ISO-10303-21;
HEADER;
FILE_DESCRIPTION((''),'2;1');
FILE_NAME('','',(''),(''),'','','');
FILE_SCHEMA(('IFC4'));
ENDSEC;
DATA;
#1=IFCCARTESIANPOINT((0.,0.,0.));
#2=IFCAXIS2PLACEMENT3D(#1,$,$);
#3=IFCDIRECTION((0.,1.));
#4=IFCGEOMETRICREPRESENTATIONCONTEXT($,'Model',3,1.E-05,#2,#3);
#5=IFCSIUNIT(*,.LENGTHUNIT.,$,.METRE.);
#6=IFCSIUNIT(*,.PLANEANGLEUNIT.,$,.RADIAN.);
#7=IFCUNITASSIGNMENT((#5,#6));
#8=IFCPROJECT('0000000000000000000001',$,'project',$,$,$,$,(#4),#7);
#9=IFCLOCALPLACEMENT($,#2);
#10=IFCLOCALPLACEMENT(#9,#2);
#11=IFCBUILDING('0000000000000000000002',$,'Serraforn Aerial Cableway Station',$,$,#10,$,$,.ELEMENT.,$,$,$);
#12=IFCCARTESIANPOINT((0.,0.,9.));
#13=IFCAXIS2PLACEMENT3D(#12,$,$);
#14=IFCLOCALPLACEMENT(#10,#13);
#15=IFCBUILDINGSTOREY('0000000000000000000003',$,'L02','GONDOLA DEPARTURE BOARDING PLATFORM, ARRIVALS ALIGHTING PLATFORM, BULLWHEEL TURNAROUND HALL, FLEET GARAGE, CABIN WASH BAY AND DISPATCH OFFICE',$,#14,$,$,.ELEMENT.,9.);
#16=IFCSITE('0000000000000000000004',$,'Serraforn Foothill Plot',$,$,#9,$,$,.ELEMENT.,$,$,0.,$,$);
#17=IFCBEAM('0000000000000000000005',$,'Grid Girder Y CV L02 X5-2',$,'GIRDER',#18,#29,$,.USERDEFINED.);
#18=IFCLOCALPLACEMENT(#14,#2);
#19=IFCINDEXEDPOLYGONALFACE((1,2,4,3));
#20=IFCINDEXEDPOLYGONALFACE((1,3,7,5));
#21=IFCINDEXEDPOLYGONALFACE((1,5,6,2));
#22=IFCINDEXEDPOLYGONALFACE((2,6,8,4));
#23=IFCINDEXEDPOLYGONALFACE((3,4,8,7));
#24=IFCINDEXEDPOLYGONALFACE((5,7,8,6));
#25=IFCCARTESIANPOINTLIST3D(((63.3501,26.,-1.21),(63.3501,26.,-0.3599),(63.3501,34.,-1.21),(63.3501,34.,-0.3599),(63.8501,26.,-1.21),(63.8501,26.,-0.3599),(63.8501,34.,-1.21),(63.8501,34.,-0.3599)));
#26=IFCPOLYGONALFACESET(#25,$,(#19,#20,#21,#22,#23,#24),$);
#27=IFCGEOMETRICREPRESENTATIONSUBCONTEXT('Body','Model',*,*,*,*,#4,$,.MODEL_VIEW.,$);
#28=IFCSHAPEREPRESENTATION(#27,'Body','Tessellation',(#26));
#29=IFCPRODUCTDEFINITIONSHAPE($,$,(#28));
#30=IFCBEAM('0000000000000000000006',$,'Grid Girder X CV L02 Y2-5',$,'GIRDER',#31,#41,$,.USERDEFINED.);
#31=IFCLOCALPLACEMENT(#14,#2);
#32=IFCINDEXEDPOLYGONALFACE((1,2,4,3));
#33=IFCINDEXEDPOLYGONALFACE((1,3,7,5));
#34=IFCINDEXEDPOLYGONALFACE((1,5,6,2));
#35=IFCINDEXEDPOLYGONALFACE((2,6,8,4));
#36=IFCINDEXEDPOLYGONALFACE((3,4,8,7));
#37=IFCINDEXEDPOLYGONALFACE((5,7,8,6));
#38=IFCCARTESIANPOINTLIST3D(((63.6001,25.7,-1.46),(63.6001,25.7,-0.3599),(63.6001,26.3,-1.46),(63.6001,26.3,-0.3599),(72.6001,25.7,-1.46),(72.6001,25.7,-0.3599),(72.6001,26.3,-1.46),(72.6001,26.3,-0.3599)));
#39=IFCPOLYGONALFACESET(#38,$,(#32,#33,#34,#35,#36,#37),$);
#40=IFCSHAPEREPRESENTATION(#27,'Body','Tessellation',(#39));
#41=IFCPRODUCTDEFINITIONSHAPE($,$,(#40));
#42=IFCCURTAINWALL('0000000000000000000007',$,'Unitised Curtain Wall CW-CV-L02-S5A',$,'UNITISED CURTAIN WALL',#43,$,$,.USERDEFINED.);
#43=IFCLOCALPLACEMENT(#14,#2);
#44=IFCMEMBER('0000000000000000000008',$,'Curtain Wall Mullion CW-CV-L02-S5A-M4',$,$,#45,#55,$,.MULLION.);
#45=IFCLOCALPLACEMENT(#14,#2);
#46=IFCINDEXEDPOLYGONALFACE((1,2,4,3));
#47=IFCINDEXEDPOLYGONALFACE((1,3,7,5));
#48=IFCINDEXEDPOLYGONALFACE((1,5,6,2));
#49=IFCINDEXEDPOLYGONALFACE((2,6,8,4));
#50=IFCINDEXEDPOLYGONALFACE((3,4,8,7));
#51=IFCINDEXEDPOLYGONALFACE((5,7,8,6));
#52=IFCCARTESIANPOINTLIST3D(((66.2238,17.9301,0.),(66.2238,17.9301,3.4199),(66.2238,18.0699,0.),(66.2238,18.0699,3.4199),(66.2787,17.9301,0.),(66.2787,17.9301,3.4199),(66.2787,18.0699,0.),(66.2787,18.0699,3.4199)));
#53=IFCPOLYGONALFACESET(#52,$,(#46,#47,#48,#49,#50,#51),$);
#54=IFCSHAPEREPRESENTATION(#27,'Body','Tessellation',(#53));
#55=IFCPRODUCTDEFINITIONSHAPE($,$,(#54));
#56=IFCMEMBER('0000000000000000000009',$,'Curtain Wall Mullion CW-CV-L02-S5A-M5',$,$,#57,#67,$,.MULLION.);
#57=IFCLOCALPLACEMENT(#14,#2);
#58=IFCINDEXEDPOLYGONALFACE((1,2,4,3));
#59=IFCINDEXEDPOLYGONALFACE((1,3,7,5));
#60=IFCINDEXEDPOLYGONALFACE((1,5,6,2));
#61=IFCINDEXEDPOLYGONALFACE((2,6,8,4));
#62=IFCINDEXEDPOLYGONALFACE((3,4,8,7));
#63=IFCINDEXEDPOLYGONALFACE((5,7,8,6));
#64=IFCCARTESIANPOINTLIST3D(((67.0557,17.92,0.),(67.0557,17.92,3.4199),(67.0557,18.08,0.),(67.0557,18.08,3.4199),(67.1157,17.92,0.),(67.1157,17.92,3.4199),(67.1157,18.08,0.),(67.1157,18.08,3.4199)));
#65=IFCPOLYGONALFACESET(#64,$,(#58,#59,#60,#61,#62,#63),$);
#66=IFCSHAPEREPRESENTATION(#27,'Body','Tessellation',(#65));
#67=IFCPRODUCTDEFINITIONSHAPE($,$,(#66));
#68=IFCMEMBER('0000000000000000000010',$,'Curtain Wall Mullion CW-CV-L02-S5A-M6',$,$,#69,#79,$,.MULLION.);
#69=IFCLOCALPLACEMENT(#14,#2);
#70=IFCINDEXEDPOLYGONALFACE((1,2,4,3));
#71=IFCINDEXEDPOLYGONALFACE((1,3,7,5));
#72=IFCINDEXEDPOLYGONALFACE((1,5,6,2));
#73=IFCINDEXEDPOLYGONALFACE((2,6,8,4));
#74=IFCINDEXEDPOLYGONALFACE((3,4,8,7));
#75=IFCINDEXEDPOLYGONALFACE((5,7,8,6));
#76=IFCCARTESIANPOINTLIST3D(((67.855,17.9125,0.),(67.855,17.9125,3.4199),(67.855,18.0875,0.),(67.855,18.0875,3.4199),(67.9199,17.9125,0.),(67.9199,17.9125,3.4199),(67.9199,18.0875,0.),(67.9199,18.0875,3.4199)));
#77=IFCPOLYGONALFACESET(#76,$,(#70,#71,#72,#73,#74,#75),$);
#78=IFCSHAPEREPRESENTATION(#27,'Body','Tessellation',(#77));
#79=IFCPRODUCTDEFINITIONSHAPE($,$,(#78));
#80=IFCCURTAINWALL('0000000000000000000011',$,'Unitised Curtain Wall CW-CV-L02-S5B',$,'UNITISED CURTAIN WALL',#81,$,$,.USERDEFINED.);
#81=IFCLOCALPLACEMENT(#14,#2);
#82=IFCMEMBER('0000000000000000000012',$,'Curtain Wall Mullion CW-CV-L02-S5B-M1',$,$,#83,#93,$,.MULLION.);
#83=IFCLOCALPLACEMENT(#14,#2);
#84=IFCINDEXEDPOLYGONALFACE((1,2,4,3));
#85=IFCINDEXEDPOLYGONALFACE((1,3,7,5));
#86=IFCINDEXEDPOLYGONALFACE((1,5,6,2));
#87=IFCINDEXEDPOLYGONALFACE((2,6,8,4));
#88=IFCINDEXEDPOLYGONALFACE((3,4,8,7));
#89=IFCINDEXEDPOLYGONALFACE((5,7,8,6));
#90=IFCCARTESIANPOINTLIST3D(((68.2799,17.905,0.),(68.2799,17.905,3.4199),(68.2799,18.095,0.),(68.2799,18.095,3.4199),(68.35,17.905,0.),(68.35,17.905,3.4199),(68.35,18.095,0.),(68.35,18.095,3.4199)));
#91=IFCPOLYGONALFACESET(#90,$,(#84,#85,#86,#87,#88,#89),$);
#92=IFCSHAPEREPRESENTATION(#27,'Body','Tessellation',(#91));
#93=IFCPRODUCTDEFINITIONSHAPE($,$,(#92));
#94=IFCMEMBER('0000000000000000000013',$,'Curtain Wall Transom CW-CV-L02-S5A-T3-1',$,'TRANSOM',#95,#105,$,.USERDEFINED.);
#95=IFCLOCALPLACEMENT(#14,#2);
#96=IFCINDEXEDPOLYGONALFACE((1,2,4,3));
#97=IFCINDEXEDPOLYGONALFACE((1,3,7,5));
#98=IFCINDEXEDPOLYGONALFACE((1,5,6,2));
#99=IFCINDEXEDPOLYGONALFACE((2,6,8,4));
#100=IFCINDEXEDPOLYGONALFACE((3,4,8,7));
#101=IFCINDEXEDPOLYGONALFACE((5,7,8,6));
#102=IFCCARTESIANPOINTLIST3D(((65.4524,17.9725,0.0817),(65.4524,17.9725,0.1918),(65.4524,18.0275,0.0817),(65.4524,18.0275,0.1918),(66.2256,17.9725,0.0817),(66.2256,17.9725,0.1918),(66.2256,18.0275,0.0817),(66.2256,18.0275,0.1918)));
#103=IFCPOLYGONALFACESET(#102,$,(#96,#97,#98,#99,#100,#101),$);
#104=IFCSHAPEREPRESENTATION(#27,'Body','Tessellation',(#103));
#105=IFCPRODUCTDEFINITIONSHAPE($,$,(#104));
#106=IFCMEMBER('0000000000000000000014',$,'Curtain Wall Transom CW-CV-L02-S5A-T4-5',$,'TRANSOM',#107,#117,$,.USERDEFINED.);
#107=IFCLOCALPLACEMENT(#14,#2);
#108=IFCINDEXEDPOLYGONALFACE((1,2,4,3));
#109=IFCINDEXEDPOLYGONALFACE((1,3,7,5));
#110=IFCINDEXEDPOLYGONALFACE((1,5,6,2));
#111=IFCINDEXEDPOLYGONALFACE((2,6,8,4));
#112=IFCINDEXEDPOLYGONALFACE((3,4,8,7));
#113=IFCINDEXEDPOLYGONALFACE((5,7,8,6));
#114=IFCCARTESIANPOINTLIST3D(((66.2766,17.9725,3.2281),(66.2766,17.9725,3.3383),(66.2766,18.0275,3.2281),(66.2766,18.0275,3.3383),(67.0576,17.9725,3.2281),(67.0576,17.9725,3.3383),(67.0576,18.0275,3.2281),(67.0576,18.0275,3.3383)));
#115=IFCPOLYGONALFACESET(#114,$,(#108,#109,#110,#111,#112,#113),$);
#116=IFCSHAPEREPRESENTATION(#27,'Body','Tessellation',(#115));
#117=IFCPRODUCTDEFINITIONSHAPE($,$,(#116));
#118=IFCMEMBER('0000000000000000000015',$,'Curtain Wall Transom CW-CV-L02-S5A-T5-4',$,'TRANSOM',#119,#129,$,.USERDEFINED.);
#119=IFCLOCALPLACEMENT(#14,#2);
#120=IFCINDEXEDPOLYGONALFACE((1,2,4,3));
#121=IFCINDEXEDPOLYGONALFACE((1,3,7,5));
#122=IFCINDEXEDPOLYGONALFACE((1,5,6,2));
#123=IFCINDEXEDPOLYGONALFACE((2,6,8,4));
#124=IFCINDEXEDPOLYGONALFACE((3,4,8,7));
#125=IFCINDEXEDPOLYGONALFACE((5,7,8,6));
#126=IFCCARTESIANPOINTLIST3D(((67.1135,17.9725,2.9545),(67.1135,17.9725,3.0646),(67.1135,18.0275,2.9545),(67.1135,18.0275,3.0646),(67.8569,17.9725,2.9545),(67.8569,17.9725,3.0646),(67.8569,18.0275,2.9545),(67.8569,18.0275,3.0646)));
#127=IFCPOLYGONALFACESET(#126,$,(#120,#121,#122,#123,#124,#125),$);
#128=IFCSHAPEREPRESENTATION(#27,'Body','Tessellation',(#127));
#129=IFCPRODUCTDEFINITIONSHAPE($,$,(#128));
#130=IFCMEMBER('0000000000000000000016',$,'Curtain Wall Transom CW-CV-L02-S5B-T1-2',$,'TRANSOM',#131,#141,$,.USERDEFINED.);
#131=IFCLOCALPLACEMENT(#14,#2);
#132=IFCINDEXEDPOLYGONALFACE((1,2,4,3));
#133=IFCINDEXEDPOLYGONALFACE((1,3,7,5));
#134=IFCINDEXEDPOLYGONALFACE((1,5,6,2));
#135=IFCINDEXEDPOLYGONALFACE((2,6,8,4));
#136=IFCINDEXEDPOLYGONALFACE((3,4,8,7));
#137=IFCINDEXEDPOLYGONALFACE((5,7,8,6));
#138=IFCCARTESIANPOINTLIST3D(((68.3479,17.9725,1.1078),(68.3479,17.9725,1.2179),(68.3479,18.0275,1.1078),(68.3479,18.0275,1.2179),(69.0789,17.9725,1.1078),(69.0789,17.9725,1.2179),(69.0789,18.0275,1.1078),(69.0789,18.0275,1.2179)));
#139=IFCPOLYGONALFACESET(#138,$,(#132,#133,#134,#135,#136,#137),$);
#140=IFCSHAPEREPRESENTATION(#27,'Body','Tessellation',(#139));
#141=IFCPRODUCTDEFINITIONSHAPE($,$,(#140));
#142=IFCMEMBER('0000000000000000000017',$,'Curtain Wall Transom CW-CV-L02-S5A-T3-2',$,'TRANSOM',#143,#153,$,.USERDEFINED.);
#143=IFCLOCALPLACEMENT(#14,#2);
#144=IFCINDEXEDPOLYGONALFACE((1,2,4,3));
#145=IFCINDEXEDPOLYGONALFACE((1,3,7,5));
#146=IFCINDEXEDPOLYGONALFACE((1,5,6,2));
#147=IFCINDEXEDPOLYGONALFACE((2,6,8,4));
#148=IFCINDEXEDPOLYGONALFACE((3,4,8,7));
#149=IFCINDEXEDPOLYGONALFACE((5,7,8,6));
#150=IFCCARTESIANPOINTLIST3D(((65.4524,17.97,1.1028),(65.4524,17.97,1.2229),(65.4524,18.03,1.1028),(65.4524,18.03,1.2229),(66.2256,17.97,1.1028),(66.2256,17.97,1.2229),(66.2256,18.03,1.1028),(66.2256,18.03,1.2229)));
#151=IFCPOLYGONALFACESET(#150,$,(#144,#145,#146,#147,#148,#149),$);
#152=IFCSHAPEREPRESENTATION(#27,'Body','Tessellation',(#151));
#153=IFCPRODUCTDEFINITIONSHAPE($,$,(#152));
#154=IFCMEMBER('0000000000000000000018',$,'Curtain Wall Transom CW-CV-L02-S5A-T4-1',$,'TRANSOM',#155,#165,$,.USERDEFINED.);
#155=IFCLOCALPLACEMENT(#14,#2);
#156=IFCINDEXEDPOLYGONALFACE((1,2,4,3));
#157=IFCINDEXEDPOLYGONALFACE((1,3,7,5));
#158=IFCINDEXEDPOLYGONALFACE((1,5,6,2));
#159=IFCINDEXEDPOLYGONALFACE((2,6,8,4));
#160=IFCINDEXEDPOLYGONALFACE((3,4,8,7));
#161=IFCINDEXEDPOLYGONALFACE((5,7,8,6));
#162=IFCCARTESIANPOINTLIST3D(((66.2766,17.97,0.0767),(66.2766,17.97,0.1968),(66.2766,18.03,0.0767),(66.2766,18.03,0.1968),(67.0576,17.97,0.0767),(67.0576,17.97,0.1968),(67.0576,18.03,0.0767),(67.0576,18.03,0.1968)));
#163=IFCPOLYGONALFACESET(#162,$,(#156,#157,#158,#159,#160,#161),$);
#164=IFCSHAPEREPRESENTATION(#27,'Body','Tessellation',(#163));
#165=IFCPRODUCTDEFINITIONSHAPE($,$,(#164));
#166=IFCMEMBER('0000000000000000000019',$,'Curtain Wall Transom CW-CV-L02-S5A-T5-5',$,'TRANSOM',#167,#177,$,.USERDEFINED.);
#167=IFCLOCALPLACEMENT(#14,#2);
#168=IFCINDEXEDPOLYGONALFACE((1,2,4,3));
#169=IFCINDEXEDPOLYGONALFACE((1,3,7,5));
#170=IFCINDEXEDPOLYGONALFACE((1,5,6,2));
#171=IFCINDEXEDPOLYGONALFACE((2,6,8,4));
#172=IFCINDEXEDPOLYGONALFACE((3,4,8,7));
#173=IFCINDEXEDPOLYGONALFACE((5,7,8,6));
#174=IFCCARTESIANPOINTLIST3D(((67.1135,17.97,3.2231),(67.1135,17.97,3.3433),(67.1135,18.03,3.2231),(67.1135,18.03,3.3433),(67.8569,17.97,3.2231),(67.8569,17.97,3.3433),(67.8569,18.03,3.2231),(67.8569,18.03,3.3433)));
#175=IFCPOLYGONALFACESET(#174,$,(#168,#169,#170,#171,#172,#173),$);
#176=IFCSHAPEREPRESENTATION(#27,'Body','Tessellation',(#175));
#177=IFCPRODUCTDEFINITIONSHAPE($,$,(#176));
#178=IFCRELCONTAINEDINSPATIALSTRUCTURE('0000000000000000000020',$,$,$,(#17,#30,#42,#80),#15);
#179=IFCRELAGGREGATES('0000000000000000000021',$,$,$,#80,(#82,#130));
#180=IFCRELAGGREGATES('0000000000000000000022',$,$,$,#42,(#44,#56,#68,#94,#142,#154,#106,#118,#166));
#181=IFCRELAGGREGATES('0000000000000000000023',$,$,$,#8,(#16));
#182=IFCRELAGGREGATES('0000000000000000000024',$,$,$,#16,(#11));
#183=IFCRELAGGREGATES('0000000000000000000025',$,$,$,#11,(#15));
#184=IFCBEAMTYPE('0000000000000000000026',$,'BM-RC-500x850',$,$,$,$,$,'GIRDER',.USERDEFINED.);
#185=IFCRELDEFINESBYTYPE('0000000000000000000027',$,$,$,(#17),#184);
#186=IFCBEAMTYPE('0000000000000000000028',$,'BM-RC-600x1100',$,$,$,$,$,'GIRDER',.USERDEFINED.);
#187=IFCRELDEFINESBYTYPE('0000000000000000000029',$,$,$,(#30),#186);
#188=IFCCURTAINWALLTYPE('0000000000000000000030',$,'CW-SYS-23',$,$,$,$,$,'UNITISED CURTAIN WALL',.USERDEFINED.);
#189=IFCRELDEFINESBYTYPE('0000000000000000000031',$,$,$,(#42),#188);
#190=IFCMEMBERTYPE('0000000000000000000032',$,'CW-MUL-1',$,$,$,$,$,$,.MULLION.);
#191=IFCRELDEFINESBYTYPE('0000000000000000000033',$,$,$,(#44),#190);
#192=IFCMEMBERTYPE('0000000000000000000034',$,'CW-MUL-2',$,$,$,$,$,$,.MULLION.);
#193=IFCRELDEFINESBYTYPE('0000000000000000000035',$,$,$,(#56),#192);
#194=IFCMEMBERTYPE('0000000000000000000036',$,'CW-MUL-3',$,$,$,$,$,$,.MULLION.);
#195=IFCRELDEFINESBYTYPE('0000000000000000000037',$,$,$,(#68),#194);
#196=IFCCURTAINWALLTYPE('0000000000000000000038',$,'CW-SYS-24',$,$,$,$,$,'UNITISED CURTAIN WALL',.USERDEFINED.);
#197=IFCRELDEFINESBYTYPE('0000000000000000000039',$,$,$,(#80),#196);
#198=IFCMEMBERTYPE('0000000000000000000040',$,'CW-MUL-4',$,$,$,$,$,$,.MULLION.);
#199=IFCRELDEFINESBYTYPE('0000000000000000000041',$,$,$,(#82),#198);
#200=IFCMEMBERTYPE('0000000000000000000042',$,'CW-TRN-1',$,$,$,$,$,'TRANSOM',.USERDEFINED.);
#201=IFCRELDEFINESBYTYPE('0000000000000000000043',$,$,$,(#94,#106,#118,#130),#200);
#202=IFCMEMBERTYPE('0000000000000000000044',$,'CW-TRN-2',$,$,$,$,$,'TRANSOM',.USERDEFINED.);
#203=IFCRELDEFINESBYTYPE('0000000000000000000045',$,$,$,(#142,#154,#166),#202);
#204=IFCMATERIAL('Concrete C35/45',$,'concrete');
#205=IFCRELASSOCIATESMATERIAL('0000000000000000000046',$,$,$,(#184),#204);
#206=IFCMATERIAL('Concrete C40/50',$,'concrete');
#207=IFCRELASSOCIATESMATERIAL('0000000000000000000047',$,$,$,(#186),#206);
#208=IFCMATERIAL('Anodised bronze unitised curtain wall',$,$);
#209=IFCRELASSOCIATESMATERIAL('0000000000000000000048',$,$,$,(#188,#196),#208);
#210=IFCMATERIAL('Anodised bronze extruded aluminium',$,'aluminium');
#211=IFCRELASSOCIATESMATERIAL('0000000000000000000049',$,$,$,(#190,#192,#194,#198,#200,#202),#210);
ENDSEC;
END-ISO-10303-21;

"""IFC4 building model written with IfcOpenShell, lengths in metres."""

from ifc_helpers import new_model, si_unit, direction, frame, origin, origin_2d, place, context, subcontext, project, spatial, rectangle, extrude, material, material_profile, profile_set, type_object, element, aggregate, save


model = new_model("IFC4")

# Units and contexts
model_context = context("Model", 3, precision=1e-05, world=origin(), true_north=direction((0.0, 1.0)))
body_context = subcontext(model_context, "Body", "Model", "MODEL_VIEW")
ifc_project = project(units=[si_unit("LENGTHUNIT", "METRE"), si_unit("PLANEANGLEUNIT", "RADIAN")], contexts=[model_context])

# Site, building, storey
site_placement = place(None, origin())
site = spatial("IfcSite", under=ifc_project, at=site_placement, Name="Serraforn Foothill Plot", CompositionType="ELEMENT", RefElevation=0.0)
building_placement = place(site_placement, origin())
building = spatial("IfcBuilding", under=site, at=building_placement, Name="Serraforn Aerial Cableway Station", CompositionType="ELEMENT")
storey_placement = place(building_placement, frame((0.0, 0.0, 9.0)))
storey = spatial("IfcBuildingStorey", under=building, at=storey_placement, Name="L02", Description="GONDOLA DEPARTURE BOARDING PLATFORM, ARRIVALS ALIGHTING PLATFORM, BULLWHEEL TURNAROUND HALL, FLEET GARAGE, CABIN WASH BAY AND DISPATCH OFFICE", CompositionType="ELEMENT", Elevation=9.0)

# Beams
ifc_material_1 = material(Name="Concrete C35/45", Category="concrete")
ifc_material_profile_1 = material_profile(ifc_material_1, rectangle(XDim=0.5, YDim=0.8501, at=origin_2d()), Name="RC 500x850")
ifc_profile_set_1 = profile_set([ifc_material_profile_1], Name="Concrete C35/45")
beam_type_1 = type_object("IfcBeamType", Name="BM-RC-500x850", ElementType="GIRDER", PredefinedType="USERDEFINED", material=ifc_profile_set_1)
beam_1_placement = place(storey_placement, frame((63.6001, 26.0, -0.7849), z_axis=(0.0, 1.0, 0.0), x_axis=(-1.0, 0.0, 0.0)))
element("IfcBeam", 1, at=beam_1_placement, inside=storey, type_object=beam_type_1, Name="Grid Girder Y CV L02 X5-2", ObjectType="GIRDER", PredefinedType="USERDEFINED", context=body_context, shape_type="SweptSolid", body=[
    extrude(rectangle(XDim=0.5, YDim=0.8501, at=origin_2d()), origin(), (0.0, 0.0, 1.0), 8.0),
])
ifc_material_2 = material(Name="Concrete C40/50", Category="concrete")
ifc_material_profile_2 = material_profile(ifc_material_2, rectangle(XDim=0.6001, YDim=1.1001, at=origin_2d()), Name="RC 600x1100")
ifc_profile_set_2 = profile_set([ifc_material_profile_2], Name="Concrete C40/50")
beam_type_2 = type_object("IfcBeamType", Name="BM-RC-600x1100", ElementType="GIRDER", PredefinedType="USERDEFINED", material=ifc_profile_set_2)
beam_2_placement = place(storey_placement, frame((63.6001, 26.0, -0.9099), z_axis=(1.0, 0.0, 0.0), x_axis=(0.0, 1.0, 0.0)))
element("IfcBeam", 2, at=beam_2_placement, inside=storey, type_object=beam_type_2, Name="Grid Girder X CV L02 Y2-5", ObjectType="GIRDER", PredefinedType="USERDEFINED", context=body_context, shape_type="SweptSolid", body=[
    extrude(rectangle(XDim=0.6001, YDim=1.1001, at=origin_2d()), origin(), (0.0, 0.0, 1.0), 9.0),
])

# Curtain wall, members
ifc_material_3 = material(Name="Anodised bronze unitised curtain wall")
curtain_wall_type_1 = type_object("IfcCurtainWallType", Name="CW-SYS-23", ElementType="UNITISED CURTAIN WALL", PredefinedType="USERDEFINED", material=ifc_material_3)
curtain_wall_1_placement = place(storey_placement, origin())
curtain_wall_1 = element("IfcCurtainWall", 3, at=curtain_wall_1_placement, inside=storey, type_object=curtain_wall_type_1, Name="Unitised Curtain Wall CW-CV-L02-S5A", ObjectType="UNITISED CURTAIN WALL", PredefinedType="USERDEFINED")
ifc_material_4 = material(Name="Anodised bronze extruded aluminium", Category="aluminium")
ifc_material_profile_3 = material_profile(ifc_material_4, rectangle(XDim=0.0549, YDim=0.1399, at=origin_2d()), Name="CW MULLION 55x140")
ifc_profile_set_3 = profile_set([ifc_material_profile_3], Name="Anodised bronze extruded aluminium")
member_type_1 = type_object("IfcMemberType", Name="CW-MUL-1", PredefinedType="MULLION", material=ifc_profile_set_3)
member_1_placement = place(storey_placement, frame((66.2512, 18.0, 0.0), z_axis=(0.0, 0.0, 1.0), x_axis=(1.0, 0.0, 0.0)))
member_1 = element("IfcMember", 4, at=member_1_placement, type_object=member_type_1, Name="Curtain Wall Mullion CW-CV-L02-S5A-M4", PredefinedType="MULLION", context=body_context, shape_type="SweptSolid", body=[
    extrude(rectangle(XDim=0.0549, YDim=0.1399, at=origin_2d()), origin(), (0.0, 0.0, 1.0), 3.4199),
])
ifc_material_profile_4 = material_profile(ifc_material_4, rectangle(XDim=0.0601, YDim=0.1599, at=origin_2d()), Name="CW MULLION 60x160")
ifc_profile_set_4 = profile_set([ifc_material_profile_4], Name="Anodised bronze extruded aluminium")
member_type_2 = type_object("IfcMemberType", Name="CW-MUL-2", PredefinedType="MULLION", material=ifc_profile_set_4)
member_2_placement = place(storey_placement, frame((67.0857, 18.0, 0.0), z_axis=(0.0, 0.0, 1.0), x_axis=(1.0, 0.0, 0.0)))
member_2 = element("IfcMember", 5, at=member_2_placement, type_object=member_type_2, Name="Curtain Wall Mullion CW-CV-L02-S5A-M5", PredefinedType="MULLION", context=body_context, shape_type="SweptSolid", body=[
    extrude(rectangle(XDim=0.0601, YDim=0.1599, at=origin_2d()), origin(), (0.0, 0.0, 1.0), 3.4199),
])
ifc_material_profile_5 = material_profile(ifc_material_4, rectangle(XDim=0.0649, YDim=0.175, at=origin_2d()), Name="CW MULLION 65x175")
ifc_profile_set_5 = profile_set([ifc_material_profile_5], Name="Anodised bronze extruded aluminium")
member_type_3 = type_object("IfcMemberType", Name="CW-MUL-3", PredefinedType="MULLION", material=ifc_profile_set_5)
member_3_placement = place(storey_placement, frame((67.8875, 18.0, 0.0), z_axis=(0.0, 0.0, 1.0), x_axis=(1.0, 0.0, 0.0)))
member_3 = element("IfcMember", 6, at=member_3_placement, type_object=member_type_3, Name="Curtain Wall Mullion CW-CV-L02-S5A-M6", PredefinedType="MULLION", context=body_context, shape_type="SweptSolid", body=[
    extrude(rectangle(XDim=0.0649, YDim=0.175, at=origin_2d()), origin(), (0.0, 0.0, 1.0), 3.4199),
])

# Curtain wall, member
curtain_wall_type_2 = type_object("IfcCurtainWallType", Name="CW-SYS-24", ElementType="UNITISED CURTAIN WALL", PredefinedType="USERDEFINED", material=ifc_material_3)
curtain_wall_2_placement = place(storey_placement, origin())
curtain_wall_2 = element("IfcCurtainWall", 7, at=curtain_wall_2_placement, inside=storey, type_object=curtain_wall_type_2, Name="Unitised Curtain Wall CW-CV-L02-S5B", ObjectType="UNITISED CURTAIN WALL", PredefinedType="USERDEFINED")
ifc_material_profile_6 = material_profile(ifc_material_4, rectangle(XDim=0.0701, YDim=0.1899, at=origin_2d()), Name="CW MULLION 70x190")
ifc_profile_set_6 = profile_set([ifc_material_profile_6], Name="Anodised bronze extruded aluminium")
member_type_4 = type_object("IfcMemberType", Name="CW-MUL-4", PredefinedType="MULLION", material=ifc_profile_set_6)
member_4_placement = place(storey_placement, frame((68.3149, 18.0, 0.0), z_axis=(0.0, 0.0, 1.0), x_axis=(1.0, 0.0, 0.0)))
member_4 = element("IfcMember", 8, at=member_4_placement, type_object=member_type_4, Name="Curtain Wall Mullion CW-CV-L02-S5B-M1", PredefinedType="MULLION", context=body_context, shape_type="SweptSolid", body=[
    extrude(rectangle(XDim=0.0701, YDim=0.1899, at=origin_2d()), origin(), (0.0, 0.0, 1.0), 3.4199),
])

# Members
ifc_material_profile_7 = material_profile(ifc_material_4, rectangle(XDim=0.0549, YDim=0.1101, at=origin_2d()), Name="CW TRANSOM 55x110")
ifc_profile_set_7 = profile_set([ifc_material_profile_7], Name="Anodised bronze extruded aluminium")
member_type_5 = type_object("IfcMemberType", Name="CW-TRN-1", ElementType="TRANSOM", PredefinedType="USERDEFINED", material=ifc_profile_set_7)
member_5_placement = place(storey_placement, frame((65.4524, 18.0, 0.1367), z_axis=(1.0, 0.0, 0.0), x_axis=(0.0, 1.0, 0.0)))
member_5 = element("IfcMember", 9, at=member_5_placement, type_object=member_type_5, Name="Curtain Wall Transom CW-CV-L02-S5A-T3-1", ObjectType="TRANSOM", PredefinedType="USERDEFINED", context=body_context, shape_type="SweptSolid", body=[
    extrude(rectangle(XDim=0.0549, YDim=0.1101, at=origin_2d()), origin(), (0.0, 0.0, 1.0), 0.7732),
])
member_6_placement = place(storey_placement, frame((66.2766, 18.0, 3.2832), z_axis=(1.0, 0.0, 0.0), x_axis=(0.0, 1.0, 0.0)))
member_6 = element("IfcMember", 10, at=member_6_placement, type_object=member_type_5, Name="Curtain Wall Transom CW-CV-L02-S5A-T4-5", ObjectType="TRANSOM", PredefinedType="USERDEFINED", context=body_context, shape_type="SweptSolid", body=[
    extrude(rectangle(XDim=0.0549, YDim=0.1101, at=origin_2d()), origin(), (0.0, 0.0, 1.0), 0.781),
])
member_7_placement = place(storey_placement, frame((67.1135, 18.0, 3.0095), z_axis=(1.0, 0.0, 0.0), x_axis=(0.0, 1.0, 0.0)))
member_7 = element("IfcMember", 11, at=member_7_placement, type_object=member_type_5, Name="Curtain Wall Transom CW-CV-L02-S5A-T5-4", ObjectType="TRANSOM", PredefinedType="USERDEFINED", context=body_context, shape_type="SweptSolid", body=[
    extrude(rectangle(XDim=0.0549, YDim=0.1101, at=origin_2d()), origin(), (0.0, 0.0, 1.0), 0.7434),
])
member_8_placement = place(storey_placement, frame((68.3479, 18.0, 1.1628), z_axis=(1.0, 0.0, 0.0), x_axis=(0.0, 1.0, 0.0)))
member_8 = element("IfcMember", 12, at=member_8_placement, type_object=member_type_5, Name="Curtain Wall Transom CW-CV-L02-S5B-T1-2", ObjectType="TRANSOM", PredefinedType="USERDEFINED", context=body_context, shape_type="SweptSolid", body=[
    extrude(rectangle(XDim=0.0549, YDim=0.1101, at=origin_2d()), origin(), (0.0, 0.0, 1.0), 0.731),
])
ifc_material_profile_8 = material_profile(ifc_material_4, rectangle(XDim=0.0601, YDim=0.1201, at=origin_2d()), Name="CW TRANSOM 60x120")
ifc_profile_set_8 = profile_set([ifc_material_profile_8], Name="Anodised bronze extruded aluminium")
member_type_6 = type_object("IfcMemberType", Name="CW-TRN-2", ElementType="TRANSOM", PredefinedType="USERDEFINED", material=ifc_profile_set_8)
member_9_placement = place(storey_placement, frame((65.4524, 18.0, 1.1628), z_axis=(1.0, 0.0, 0.0), x_axis=(0.0, 1.0, 0.0)))
member_9 = element("IfcMember", 13, at=member_9_placement, type_object=member_type_6, Name="Curtain Wall Transom CW-CV-L02-S5A-T3-2", ObjectType="TRANSOM", PredefinedType="USERDEFINED", context=body_context, shape_type="SweptSolid", body=[
    extrude(rectangle(XDim=0.0601, YDim=0.1201, at=origin_2d()), origin(), (0.0, 0.0, 1.0), 0.7732),
])
member_10_placement = place(storey_placement, frame((66.2766, 18.0, 0.1367), z_axis=(1.0, 0.0, 0.0), x_axis=(0.0, 1.0, 0.0)))
member_10 = element("IfcMember", 14, at=member_10_placement, type_object=member_type_6, Name="Curtain Wall Transom CW-CV-L02-S5A-T4-1", ObjectType="TRANSOM", PredefinedType="USERDEFINED", context=body_context, shape_type="SweptSolid", body=[
    extrude(rectangle(XDim=0.0601, YDim=0.1201, at=origin_2d()), origin(), (0.0, 0.0, 1.0), 0.781),
])
member_11_placement = place(storey_placement, frame((67.1135, 18.0, 3.2832), z_axis=(1.0, 0.0, 0.0), x_axis=(0.0, 1.0, 0.0)))
member_11 = element("IfcMember", 15, at=member_11_placement, type_object=member_type_6, Name="Curtain Wall Transom CW-CV-L02-S5A-T5-5", ObjectType="TRANSOM", PredefinedType="USERDEFINED", context=body_context, shape_type="SweptSolid", body=[
    extrude(rectangle(XDim=0.0601, YDim=0.1201, at=origin_2d()), origin(), (0.0, 0.0, 1.0), 0.7434),
])
aggregate(curtain_wall_2, [member_4, member_8])

aggregate(curtain_wall_1, [member_1, member_2, member_3, member_5, member_9, member_10, member_6, member_7, member_11])

save(model, "model.ifc")
